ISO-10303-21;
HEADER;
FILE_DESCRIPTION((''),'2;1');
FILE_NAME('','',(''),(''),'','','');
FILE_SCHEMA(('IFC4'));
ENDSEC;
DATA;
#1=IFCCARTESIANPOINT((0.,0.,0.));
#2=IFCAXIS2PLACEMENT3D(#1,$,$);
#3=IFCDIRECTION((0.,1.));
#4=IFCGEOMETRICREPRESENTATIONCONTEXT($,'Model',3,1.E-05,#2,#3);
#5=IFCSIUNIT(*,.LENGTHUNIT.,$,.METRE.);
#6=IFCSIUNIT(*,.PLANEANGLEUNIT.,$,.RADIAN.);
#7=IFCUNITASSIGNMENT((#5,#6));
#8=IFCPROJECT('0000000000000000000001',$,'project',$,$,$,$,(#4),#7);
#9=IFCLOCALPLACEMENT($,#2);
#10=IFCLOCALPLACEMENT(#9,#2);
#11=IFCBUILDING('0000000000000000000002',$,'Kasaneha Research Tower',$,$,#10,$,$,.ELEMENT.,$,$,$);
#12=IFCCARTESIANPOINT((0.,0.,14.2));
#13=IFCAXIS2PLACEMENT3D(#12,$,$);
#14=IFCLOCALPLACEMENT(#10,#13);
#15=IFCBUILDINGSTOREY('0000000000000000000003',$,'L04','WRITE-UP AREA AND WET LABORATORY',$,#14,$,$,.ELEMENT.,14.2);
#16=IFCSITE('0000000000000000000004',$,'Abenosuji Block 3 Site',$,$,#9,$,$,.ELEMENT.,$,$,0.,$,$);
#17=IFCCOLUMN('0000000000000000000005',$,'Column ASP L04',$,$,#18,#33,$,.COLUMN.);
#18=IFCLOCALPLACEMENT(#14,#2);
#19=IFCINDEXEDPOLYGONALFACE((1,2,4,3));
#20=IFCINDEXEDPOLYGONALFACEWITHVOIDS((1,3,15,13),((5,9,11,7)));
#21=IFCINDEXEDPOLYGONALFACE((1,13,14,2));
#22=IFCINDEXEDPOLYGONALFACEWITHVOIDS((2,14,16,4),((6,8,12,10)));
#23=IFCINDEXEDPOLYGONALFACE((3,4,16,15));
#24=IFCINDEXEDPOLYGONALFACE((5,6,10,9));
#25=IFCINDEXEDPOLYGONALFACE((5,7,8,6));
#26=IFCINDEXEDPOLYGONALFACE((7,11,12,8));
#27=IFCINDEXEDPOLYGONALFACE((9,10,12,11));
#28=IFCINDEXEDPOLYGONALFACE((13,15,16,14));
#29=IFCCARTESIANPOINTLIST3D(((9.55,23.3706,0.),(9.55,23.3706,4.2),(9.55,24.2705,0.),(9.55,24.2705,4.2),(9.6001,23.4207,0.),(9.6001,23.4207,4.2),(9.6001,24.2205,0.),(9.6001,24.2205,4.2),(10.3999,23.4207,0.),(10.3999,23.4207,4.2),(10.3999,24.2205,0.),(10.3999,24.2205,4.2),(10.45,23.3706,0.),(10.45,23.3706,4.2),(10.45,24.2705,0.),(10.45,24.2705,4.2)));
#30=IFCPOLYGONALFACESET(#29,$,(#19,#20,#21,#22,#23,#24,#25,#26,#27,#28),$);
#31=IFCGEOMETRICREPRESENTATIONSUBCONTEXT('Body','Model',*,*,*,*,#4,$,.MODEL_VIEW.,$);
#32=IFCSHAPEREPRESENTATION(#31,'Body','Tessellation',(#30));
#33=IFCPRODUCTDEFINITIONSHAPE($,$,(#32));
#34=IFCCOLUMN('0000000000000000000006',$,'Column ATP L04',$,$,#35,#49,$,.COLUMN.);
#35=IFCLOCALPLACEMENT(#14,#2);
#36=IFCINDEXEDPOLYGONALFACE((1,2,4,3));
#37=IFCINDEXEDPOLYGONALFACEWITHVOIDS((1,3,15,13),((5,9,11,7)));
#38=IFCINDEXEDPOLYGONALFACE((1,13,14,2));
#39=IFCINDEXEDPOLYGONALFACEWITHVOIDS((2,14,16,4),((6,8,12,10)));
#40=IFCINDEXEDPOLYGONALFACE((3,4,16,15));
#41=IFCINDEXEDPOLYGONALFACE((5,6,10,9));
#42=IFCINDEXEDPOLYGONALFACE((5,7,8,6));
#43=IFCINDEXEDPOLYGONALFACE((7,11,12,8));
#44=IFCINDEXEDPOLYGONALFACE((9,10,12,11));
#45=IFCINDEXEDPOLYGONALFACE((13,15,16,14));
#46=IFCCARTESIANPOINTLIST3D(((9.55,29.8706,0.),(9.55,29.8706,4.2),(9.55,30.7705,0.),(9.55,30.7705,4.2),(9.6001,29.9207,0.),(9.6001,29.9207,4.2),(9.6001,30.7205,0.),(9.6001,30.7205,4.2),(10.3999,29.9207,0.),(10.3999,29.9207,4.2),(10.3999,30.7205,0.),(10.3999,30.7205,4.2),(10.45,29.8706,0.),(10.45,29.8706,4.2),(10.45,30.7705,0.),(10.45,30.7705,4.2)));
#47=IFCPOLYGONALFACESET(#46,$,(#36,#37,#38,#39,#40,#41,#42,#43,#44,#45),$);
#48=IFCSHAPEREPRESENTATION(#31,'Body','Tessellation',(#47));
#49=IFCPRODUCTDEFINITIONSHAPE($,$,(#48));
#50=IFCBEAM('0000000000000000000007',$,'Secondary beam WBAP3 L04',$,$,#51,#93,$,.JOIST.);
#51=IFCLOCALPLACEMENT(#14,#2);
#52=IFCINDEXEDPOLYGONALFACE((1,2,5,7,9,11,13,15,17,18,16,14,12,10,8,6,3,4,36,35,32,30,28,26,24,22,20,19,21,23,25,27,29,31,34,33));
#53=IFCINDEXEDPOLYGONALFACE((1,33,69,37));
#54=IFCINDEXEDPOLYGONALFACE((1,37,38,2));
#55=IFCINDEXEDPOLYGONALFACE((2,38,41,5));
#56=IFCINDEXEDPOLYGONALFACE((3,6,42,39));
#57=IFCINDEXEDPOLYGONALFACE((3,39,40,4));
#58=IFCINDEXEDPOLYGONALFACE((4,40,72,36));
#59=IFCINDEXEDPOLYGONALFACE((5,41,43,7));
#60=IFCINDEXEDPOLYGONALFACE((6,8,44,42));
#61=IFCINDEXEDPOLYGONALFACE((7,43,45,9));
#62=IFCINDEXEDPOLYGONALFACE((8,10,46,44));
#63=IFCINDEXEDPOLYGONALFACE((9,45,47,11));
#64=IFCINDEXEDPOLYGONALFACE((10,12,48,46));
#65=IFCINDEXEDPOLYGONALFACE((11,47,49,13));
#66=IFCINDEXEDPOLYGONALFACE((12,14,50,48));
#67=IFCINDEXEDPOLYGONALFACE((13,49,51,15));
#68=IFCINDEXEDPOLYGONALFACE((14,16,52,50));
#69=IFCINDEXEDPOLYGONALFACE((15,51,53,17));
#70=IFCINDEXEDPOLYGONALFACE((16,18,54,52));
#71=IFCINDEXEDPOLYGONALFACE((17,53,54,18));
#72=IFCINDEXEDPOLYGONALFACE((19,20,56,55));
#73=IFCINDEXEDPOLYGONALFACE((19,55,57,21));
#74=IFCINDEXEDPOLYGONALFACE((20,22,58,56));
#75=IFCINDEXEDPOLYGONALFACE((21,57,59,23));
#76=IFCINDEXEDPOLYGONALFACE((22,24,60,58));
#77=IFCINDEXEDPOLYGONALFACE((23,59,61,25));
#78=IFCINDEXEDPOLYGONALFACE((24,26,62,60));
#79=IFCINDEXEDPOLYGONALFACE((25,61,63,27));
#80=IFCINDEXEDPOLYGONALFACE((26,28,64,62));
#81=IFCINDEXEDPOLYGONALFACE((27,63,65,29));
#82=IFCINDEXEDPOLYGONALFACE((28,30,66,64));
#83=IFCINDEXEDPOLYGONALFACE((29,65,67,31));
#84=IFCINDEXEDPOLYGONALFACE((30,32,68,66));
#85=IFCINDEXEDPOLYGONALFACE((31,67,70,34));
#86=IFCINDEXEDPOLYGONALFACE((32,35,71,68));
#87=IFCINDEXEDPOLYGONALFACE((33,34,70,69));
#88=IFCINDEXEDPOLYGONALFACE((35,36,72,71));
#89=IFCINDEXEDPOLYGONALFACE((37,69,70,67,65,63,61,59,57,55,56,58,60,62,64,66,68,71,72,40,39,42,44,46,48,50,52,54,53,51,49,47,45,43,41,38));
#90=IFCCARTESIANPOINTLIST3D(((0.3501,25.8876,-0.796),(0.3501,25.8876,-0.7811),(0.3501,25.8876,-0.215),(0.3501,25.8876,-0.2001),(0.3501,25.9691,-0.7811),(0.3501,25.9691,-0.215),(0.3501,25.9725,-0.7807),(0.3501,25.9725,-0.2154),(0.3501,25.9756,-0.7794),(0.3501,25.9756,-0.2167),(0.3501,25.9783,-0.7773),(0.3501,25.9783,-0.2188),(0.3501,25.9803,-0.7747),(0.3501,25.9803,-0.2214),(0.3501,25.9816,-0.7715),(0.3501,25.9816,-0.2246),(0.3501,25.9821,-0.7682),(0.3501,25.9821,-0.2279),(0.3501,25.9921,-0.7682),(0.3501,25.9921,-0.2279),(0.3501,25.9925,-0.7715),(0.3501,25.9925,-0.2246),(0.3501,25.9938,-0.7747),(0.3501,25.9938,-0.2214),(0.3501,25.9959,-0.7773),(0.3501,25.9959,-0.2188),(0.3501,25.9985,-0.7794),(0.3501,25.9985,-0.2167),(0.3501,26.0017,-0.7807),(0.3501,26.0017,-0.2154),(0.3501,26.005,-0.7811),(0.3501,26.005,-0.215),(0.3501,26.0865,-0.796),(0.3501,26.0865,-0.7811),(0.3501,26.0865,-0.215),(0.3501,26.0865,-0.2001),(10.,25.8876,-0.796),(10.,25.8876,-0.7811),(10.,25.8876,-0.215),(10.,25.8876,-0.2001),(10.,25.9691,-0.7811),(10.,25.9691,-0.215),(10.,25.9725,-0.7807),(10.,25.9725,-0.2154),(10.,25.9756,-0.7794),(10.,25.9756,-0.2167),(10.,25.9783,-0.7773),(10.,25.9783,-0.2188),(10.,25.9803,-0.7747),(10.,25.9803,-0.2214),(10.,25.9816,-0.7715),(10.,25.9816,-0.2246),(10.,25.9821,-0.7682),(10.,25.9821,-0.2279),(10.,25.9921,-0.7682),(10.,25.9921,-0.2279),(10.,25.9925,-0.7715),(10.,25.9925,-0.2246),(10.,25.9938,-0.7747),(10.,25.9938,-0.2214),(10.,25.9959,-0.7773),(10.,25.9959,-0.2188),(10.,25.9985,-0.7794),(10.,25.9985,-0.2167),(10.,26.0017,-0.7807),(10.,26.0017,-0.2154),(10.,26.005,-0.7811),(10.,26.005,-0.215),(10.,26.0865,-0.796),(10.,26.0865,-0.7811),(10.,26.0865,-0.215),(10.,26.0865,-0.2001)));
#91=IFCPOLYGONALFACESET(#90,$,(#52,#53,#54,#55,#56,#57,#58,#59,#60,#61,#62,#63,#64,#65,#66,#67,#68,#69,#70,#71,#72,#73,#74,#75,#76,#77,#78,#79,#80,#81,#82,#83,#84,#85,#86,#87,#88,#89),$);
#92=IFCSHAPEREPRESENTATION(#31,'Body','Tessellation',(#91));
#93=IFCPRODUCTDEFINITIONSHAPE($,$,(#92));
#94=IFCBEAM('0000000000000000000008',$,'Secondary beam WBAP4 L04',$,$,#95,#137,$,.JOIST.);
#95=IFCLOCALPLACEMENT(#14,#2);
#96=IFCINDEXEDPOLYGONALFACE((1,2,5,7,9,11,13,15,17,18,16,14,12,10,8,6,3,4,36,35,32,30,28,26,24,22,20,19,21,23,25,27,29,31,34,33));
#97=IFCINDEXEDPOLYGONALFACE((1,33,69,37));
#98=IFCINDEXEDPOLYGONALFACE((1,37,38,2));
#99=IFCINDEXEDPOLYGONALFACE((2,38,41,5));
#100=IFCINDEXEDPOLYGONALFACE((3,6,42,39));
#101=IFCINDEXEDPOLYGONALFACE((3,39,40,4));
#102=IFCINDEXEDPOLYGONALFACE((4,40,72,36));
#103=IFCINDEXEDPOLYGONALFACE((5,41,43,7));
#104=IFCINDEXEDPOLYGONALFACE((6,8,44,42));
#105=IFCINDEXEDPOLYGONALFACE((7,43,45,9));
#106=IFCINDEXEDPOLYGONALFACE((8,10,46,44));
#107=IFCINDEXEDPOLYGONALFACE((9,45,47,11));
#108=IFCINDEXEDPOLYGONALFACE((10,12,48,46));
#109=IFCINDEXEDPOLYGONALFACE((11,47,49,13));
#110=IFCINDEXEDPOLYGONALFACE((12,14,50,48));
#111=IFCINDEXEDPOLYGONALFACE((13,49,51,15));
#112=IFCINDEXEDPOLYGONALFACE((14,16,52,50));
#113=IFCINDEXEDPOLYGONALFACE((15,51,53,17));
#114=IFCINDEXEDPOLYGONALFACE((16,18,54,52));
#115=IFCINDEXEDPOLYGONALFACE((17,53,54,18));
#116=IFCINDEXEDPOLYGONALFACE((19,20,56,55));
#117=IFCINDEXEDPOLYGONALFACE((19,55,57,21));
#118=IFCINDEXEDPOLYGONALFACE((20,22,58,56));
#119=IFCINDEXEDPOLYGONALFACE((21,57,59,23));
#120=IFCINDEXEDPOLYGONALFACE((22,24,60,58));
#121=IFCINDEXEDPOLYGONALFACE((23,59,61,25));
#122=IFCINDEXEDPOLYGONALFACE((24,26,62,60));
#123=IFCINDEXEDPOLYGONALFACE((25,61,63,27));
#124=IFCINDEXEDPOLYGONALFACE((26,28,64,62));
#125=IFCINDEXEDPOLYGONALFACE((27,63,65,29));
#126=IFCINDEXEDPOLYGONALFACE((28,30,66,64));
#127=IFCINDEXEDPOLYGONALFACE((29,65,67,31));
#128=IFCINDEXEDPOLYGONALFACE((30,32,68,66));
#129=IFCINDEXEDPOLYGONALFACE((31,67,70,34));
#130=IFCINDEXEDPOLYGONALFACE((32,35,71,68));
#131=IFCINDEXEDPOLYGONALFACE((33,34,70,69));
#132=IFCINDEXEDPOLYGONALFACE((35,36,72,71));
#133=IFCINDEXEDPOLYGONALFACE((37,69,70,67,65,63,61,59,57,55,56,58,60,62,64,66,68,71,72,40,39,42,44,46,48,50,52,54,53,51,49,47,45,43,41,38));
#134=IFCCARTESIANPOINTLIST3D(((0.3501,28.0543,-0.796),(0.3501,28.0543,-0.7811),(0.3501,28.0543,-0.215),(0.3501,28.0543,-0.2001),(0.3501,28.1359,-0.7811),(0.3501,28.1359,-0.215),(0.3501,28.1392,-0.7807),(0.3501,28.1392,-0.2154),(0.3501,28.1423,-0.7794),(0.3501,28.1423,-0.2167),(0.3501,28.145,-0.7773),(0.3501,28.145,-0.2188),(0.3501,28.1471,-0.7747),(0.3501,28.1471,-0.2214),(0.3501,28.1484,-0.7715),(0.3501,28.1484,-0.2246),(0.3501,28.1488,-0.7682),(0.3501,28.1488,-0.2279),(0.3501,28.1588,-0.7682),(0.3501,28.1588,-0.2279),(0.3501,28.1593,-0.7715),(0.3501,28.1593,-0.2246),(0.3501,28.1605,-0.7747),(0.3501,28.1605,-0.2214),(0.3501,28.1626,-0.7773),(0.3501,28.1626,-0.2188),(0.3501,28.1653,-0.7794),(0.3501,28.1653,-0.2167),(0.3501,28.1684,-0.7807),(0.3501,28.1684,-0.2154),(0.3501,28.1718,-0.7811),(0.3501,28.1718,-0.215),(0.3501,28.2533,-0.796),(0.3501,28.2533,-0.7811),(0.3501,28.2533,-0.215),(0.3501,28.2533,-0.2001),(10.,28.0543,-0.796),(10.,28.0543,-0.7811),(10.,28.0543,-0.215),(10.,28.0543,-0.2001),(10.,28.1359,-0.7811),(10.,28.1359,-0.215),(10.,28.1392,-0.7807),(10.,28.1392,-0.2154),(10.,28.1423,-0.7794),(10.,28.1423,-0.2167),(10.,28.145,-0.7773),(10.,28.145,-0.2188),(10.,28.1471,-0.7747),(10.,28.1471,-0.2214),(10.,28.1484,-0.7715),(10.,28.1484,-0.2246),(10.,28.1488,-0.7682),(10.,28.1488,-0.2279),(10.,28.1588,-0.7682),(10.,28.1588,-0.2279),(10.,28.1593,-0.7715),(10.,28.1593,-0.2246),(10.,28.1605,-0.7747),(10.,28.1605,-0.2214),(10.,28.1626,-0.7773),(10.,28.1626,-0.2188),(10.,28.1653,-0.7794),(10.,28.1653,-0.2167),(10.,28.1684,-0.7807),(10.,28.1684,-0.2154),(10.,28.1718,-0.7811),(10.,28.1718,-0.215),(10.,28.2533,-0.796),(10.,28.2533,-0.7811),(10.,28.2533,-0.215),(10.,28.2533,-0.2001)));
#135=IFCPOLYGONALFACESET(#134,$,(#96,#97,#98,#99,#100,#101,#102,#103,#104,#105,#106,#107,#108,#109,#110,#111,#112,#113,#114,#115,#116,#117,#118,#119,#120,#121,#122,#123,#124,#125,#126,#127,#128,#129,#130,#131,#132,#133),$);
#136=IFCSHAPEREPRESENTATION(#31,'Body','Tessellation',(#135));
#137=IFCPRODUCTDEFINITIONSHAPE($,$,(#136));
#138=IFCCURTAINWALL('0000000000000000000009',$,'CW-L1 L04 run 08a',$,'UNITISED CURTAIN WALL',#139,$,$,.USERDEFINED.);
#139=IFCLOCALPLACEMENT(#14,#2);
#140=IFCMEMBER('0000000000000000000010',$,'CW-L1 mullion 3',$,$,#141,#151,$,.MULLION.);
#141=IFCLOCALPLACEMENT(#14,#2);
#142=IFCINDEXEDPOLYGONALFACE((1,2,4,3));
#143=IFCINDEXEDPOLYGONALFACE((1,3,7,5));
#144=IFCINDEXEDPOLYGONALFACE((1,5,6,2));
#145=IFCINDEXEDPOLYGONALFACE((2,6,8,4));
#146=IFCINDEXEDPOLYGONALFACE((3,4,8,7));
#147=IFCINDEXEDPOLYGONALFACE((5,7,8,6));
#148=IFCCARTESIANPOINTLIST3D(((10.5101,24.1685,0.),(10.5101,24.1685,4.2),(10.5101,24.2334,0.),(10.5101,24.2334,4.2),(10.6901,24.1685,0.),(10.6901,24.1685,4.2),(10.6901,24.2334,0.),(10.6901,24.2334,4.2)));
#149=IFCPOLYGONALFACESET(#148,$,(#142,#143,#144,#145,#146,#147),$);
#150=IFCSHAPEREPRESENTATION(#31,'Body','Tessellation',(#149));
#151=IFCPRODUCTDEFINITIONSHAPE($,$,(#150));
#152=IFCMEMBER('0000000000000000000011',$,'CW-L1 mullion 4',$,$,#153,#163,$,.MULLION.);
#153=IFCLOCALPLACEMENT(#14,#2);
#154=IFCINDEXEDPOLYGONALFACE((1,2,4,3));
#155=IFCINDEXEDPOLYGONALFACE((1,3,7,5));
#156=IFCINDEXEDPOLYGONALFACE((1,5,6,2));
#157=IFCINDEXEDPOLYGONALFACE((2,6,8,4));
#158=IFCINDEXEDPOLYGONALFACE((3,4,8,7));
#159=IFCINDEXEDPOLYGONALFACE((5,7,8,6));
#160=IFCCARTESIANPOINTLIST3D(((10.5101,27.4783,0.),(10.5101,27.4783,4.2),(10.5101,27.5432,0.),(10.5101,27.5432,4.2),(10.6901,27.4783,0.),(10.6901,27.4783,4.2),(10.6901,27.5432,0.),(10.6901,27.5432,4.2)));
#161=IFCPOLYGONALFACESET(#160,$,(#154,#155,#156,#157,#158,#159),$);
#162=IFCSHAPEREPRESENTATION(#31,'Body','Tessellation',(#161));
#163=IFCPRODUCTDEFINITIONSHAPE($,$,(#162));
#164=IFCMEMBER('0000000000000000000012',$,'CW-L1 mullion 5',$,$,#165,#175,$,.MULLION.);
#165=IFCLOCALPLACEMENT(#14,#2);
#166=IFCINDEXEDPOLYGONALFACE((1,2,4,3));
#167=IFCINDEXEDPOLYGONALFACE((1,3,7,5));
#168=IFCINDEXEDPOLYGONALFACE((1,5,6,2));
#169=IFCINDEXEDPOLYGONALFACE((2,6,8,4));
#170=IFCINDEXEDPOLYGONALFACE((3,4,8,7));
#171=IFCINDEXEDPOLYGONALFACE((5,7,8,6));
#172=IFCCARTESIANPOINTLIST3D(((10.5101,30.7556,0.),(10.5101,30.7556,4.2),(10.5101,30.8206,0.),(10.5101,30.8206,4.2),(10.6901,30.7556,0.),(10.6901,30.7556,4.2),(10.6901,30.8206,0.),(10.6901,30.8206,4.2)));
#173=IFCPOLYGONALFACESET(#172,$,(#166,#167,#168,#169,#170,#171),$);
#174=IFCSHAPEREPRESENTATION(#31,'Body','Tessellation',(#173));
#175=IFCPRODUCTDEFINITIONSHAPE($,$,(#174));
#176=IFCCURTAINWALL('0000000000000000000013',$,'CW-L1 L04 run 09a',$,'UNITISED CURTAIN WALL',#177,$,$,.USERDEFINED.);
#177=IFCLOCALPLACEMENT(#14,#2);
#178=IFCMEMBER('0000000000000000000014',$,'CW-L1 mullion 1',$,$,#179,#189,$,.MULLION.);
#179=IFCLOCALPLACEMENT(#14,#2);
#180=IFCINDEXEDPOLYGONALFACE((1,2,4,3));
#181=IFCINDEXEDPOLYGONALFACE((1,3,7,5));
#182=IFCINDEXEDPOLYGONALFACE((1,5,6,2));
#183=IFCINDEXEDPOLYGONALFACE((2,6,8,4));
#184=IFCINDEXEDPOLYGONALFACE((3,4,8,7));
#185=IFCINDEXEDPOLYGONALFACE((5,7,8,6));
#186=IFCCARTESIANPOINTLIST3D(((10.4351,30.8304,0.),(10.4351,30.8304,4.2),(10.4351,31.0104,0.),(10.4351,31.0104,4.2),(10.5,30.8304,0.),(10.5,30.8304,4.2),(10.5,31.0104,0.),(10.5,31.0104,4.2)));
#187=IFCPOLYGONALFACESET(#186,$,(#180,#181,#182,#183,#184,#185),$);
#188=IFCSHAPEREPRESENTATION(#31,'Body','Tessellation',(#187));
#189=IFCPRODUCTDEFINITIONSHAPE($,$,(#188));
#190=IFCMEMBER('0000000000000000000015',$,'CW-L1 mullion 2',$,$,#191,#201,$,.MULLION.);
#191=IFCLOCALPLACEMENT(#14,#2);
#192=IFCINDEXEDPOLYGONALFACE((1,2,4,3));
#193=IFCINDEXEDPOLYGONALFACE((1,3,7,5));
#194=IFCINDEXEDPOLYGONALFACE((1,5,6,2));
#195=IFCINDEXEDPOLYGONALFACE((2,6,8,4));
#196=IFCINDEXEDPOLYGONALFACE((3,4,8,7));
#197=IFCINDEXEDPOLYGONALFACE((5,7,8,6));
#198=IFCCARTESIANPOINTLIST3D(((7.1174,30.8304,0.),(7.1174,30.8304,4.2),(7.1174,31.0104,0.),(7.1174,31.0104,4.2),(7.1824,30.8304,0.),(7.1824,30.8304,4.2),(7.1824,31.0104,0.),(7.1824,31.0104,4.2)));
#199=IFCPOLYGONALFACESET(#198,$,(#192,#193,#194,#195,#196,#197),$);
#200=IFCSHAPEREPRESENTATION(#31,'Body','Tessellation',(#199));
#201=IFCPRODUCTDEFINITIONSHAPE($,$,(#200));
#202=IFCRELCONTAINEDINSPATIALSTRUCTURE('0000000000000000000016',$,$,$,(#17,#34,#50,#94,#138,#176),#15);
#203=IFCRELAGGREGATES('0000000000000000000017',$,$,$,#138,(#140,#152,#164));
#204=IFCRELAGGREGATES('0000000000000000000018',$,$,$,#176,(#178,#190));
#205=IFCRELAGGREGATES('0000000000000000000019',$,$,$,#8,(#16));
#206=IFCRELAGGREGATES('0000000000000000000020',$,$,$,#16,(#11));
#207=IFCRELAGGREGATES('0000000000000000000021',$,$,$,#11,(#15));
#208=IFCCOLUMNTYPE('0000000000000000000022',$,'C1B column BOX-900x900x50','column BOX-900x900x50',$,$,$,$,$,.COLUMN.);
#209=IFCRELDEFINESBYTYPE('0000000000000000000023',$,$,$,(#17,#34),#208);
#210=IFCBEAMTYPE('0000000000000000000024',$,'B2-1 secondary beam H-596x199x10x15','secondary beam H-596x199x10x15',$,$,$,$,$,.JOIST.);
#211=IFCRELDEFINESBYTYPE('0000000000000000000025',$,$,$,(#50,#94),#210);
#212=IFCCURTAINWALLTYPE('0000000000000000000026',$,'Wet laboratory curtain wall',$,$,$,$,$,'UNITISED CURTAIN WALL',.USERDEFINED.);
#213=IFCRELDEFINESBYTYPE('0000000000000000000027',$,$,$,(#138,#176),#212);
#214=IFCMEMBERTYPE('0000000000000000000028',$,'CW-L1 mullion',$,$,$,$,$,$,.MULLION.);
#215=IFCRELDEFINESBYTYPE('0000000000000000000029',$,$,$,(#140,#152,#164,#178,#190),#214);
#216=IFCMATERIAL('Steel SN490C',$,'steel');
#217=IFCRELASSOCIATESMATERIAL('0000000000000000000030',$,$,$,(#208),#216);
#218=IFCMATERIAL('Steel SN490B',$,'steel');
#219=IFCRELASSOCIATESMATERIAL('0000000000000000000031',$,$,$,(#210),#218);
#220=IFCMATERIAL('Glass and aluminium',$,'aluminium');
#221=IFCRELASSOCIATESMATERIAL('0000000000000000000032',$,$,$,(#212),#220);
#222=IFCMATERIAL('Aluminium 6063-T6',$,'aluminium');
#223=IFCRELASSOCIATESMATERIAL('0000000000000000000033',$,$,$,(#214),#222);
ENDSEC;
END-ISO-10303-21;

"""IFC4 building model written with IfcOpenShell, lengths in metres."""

from ifc_helpers import new_model, si_unit, direction, frame, origin, origin_2d, place, context, subcontext, project, spatial, rectangle, hollow_rectangle, i_section, extrude, material, material_profile, profile_set, type_object, element, aggregate, save


model = new_model("IFC4")

# Units and contexts
model_context = context("Model", 3, precision=1e-05, world=origin(), true_north=direction((0.0, 1.0)))
body_context = subcontext(model_context, "Body", "Model", "MODEL_VIEW")
ifc_project = project(units=[si_unit("LENGTHUNIT", "METRE"), si_unit("PLANEANGLEUNIT", "RADIAN")], contexts=[model_context])

# Site, building, storey
site_placement = place(None, origin())
site = spatial("IfcSite", under=ifc_project, at=site_placement, Name="Abenosuji Block 3 Site", CompositionType="ELEMENT", RefElevation=0.0)
building_placement = place(site_placement, origin())
building = spatial("IfcBuilding", under=site, at=building_placement, Name="Kasaneha Research Tower", CompositionType="ELEMENT")
storey_placement = place(building_placement, frame((0.0, 0.0, 14.2)))
storey = spatial("IfcBuildingStorey", under=building, at=storey_placement, Name="L04", Description="WRITE-UP AREA AND WET LABORATORY", CompositionType="ELEMENT", Elevation=14.2)

# Columns
ifc_material_1 = material(Name="Steel SN490C", Category="steel")
ifc_material_profile_1 = material_profile(ifc_material_1, hollow_rectangle(XDim=0.8999, YDim=0.8999, WallThickness=0.05, at=origin_2d()), Name="BOX-900x900x50")
ifc_profile_set_1 = profile_set([ifc_material_profile_1], Name="Steel SN490C")
column_type = type_object("IfcColumnType", Name="C1B column BOX-900x900x50", Description="column BOX-900x900x50", PredefinedType="COLUMN", material=ifc_profile_set_1)
for number, where, z_axis, x_axis, name in (
    (1, (10.0, 23.8206, 0.0), (0.0, 0.0, 1.0), (1.0, 0.0, 0.0), "Column ASP L04"),
    (2, (10.0, 30.3206, 0.0), (0.0, 0.0, 1.0), (1.0, 0.0, 0.0), "Column ATP L04"),
):
    element("IfcColumn", number, at=place(storey_placement, frame(where, z_axis=z_axis, x_axis=x_axis)), inside=storey, type_object=column_type, Name=name, PredefinedType="COLUMN", context=body_context, shape_type="SweptSolid", body=[
        extrude(hollow_rectangle(XDim=0.8999, YDim=0.8999, WallThickness=0.05, at=origin_2d()), origin(), (0.0, 0.0, 1.0), 4.2),
    ])

# Beams
ifc_material_2 = material(Name="Steel SN490B", Category="steel")
ifc_material_profile_2 = material_profile(ifc_material_2, i_section(OverallWidth=0.199, OverallDepth=0.5959, WebThickness=0.01, FlangeThickness=0.0149, FilletRadius=0.0129, at=origin_2d()), Name="H-596x199x10x15")
ifc_profile_set_2 = profile_set([ifc_material_profile_2], Name="Steel SN490B")
beam_type_1 = type_object("IfcBeamType", Name="B2-1 secondary beam H-596x199x10x15", Description="secondary beam H-596x199x10x15", PredefinedType="JOIST", material=ifc_profile_set_2)
for number, where, z_axis, x_axis, name in (
    (3, (10.0, 25.9871, -0.498), (-1.0, 0.0, 0.0), (0.0, -1.0, 0.0), "Secondary beam WBAP3 L04"),
    (4, (10.0, 28.1538, -0.498), (-1.0, 0.0, 0.0), (0.0, -1.0, 0.0), "Secondary beam WBAP4 L04"),
):
    element("IfcBeam", number, at=place(storey_placement, frame(where, z_axis=z_axis, x_axis=x_axis)), inside=storey, type_object=beam_type_1, Name=name, PredefinedType="JOIST", context=body_context, shape_type="SweptSolid", body=[
        extrude(i_section(OverallWidth=0.199, OverallDepth=0.5959, WebThickness=0.01, FlangeThickness=0.0149, FilletRadius=0.0129, at=origin_2d()), origin(), (0.0, 0.0, 1.0), 9.6499),
    ])

# Curtain walls, members
ifc_material_3 = material(Name="Glass and aluminium", Category="aluminium")
curtain_wall_type = type_object("IfcCurtainWallType", Name="Wet laboratory curtain wall", ElementType="UNITISED CURTAIN WALL", PredefinedType="USERDEFINED", material=ifc_material_3)
curtain_wall_1_placement = place(storey_placement, origin())
curtain_wall_1 = element("IfcCurtainWall", 5, at=curtain_wall_1_placement, inside=storey, type_object=curtain_wall_type, Name="CW-L1 L04 run 08a", ObjectType="UNITISED CURTAIN WALL", PredefinedType="USERDEFINED")
ifc_material_4 = material(Name="Aluminium 6063-T6", Category="aluminium")
ifc_material_profile_3 = material_profile(ifc_material_4, rectangle(XDim=0.0649, YDim=0.1799, at=origin_2d()), Name="CW-L1 mullion 65x180")
ifc_profile_set_3 = profile_set([ifc_material_profile_3], Name="Aluminium 6063-T6")
member_type_1 = type_object("IfcMemberType", Name="CW-L1 mullion", PredefinedType="MULLION", material=ifc_profile_set_3)
member_1_placement = place(storey_placement, frame((10.6001, 24.2009, 0.0), z_axis=(0.0, 0.0, 1.0), x_axis=(0.0, 1.0, 0.0)))
member_1 = element("IfcMember", 6, at=member_1_placement, type_object=member_type_1, Name="CW-L1 mullion 3", PredefinedType="MULLION", context=body_context, shape_type="SweptSolid", body=[
    extrude(rectangle(XDim=0.0649, YDim=0.1799, at=origin_2d()), origin(), (0.0, 0.0, 1.0), 4.2),
])
member_2_placement = place(storey_placement, frame((10.6001, 27.5107, 0.0), z_axis=(0.0, 0.0, 1.0), x_axis=(0.0, 1.0, 0.0)))
member_2 = element("IfcMember", 7, at=member_2_placement, type_object=member_type_1, Name="CW-L1 mullion 4", PredefinedType="MULLION", context=body_context, shape_type="SweptSolid", body=[
    extrude(rectangle(XDim=0.0649, YDim=0.1799, at=origin_2d()), origin(), (0.0, 0.0, 1.0), 4.2),
])
member_3_placement = place(storey_placement, frame((10.6001, 30.7881, 0.0), z_axis=(0.0, 0.0, 1.0), x_axis=(0.0, 1.0, 0.0)))
member_3 = element("IfcMember", 8, at=member_3_placement, type_object=member_type_1, Name="CW-L1 mullion 5", PredefinedType="MULLION", context=body_context, shape_type="SweptSolid", body=[
    extrude(rectangle(XDim=0.0649, YDim=0.1799, at=origin_2d()), origin(), (0.0, 0.0, 1.0), 4.2),
])
curtain_wall_2_placement = place(storey_placement, origin())
curtain_wall_2 = element("IfcCurtainWall", 9, at=curtain_wall_2_placement, inside=storey, type_object=curtain_wall_type, Name="CW-L1 L04 run 09a", ObjectType="UNITISED CURTAIN WALL", PredefinedType="USERDEFINED")
member_4_placement = place(storey_placement, frame((10.4675, 30.9204, 0.0), z_axis=(0.0, 0.0, 1.0), x_axis=(-1.0, 0.0, 0.0)))
member_4 = element("IfcMember", 10, at=member_4_placement, type_object=member_type_1, Name="CW-L1 mullion 1", PredefinedType="MULLION", context=body_context, shape_type="SweptSolid", body=[
    extrude(rectangle(XDim=0.0649, YDim=0.1799, at=origin_2d()), origin(), (0.0, 0.0, 1.0), 4.2),
])
member_5_placement = place(storey_placement, frame((7.1499, 30.9204, 0.0), z_axis=(0.0, 0.0, 1.0), x_axis=(-1.0, 0.0, 0.0)))
member_5 = element("IfcMember", 11, at=member_5_placement, type_object=member_type_1, Name="CW-L1 mullion 2", PredefinedType="MULLION", context=body_context, shape_type="SweptSolid", body=[
    extrude(rectangle(XDim=0.0649, YDim=0.1799, at=origin_2d()), origin(), (0.0, 0.0, 1.0), 4.2),
])

aggregate(curtain_wall_1, [member_1, member_2, member_3])
aggregate(curtain_wall_2, [member_4, member_5])

save(model, "model.ifc")
